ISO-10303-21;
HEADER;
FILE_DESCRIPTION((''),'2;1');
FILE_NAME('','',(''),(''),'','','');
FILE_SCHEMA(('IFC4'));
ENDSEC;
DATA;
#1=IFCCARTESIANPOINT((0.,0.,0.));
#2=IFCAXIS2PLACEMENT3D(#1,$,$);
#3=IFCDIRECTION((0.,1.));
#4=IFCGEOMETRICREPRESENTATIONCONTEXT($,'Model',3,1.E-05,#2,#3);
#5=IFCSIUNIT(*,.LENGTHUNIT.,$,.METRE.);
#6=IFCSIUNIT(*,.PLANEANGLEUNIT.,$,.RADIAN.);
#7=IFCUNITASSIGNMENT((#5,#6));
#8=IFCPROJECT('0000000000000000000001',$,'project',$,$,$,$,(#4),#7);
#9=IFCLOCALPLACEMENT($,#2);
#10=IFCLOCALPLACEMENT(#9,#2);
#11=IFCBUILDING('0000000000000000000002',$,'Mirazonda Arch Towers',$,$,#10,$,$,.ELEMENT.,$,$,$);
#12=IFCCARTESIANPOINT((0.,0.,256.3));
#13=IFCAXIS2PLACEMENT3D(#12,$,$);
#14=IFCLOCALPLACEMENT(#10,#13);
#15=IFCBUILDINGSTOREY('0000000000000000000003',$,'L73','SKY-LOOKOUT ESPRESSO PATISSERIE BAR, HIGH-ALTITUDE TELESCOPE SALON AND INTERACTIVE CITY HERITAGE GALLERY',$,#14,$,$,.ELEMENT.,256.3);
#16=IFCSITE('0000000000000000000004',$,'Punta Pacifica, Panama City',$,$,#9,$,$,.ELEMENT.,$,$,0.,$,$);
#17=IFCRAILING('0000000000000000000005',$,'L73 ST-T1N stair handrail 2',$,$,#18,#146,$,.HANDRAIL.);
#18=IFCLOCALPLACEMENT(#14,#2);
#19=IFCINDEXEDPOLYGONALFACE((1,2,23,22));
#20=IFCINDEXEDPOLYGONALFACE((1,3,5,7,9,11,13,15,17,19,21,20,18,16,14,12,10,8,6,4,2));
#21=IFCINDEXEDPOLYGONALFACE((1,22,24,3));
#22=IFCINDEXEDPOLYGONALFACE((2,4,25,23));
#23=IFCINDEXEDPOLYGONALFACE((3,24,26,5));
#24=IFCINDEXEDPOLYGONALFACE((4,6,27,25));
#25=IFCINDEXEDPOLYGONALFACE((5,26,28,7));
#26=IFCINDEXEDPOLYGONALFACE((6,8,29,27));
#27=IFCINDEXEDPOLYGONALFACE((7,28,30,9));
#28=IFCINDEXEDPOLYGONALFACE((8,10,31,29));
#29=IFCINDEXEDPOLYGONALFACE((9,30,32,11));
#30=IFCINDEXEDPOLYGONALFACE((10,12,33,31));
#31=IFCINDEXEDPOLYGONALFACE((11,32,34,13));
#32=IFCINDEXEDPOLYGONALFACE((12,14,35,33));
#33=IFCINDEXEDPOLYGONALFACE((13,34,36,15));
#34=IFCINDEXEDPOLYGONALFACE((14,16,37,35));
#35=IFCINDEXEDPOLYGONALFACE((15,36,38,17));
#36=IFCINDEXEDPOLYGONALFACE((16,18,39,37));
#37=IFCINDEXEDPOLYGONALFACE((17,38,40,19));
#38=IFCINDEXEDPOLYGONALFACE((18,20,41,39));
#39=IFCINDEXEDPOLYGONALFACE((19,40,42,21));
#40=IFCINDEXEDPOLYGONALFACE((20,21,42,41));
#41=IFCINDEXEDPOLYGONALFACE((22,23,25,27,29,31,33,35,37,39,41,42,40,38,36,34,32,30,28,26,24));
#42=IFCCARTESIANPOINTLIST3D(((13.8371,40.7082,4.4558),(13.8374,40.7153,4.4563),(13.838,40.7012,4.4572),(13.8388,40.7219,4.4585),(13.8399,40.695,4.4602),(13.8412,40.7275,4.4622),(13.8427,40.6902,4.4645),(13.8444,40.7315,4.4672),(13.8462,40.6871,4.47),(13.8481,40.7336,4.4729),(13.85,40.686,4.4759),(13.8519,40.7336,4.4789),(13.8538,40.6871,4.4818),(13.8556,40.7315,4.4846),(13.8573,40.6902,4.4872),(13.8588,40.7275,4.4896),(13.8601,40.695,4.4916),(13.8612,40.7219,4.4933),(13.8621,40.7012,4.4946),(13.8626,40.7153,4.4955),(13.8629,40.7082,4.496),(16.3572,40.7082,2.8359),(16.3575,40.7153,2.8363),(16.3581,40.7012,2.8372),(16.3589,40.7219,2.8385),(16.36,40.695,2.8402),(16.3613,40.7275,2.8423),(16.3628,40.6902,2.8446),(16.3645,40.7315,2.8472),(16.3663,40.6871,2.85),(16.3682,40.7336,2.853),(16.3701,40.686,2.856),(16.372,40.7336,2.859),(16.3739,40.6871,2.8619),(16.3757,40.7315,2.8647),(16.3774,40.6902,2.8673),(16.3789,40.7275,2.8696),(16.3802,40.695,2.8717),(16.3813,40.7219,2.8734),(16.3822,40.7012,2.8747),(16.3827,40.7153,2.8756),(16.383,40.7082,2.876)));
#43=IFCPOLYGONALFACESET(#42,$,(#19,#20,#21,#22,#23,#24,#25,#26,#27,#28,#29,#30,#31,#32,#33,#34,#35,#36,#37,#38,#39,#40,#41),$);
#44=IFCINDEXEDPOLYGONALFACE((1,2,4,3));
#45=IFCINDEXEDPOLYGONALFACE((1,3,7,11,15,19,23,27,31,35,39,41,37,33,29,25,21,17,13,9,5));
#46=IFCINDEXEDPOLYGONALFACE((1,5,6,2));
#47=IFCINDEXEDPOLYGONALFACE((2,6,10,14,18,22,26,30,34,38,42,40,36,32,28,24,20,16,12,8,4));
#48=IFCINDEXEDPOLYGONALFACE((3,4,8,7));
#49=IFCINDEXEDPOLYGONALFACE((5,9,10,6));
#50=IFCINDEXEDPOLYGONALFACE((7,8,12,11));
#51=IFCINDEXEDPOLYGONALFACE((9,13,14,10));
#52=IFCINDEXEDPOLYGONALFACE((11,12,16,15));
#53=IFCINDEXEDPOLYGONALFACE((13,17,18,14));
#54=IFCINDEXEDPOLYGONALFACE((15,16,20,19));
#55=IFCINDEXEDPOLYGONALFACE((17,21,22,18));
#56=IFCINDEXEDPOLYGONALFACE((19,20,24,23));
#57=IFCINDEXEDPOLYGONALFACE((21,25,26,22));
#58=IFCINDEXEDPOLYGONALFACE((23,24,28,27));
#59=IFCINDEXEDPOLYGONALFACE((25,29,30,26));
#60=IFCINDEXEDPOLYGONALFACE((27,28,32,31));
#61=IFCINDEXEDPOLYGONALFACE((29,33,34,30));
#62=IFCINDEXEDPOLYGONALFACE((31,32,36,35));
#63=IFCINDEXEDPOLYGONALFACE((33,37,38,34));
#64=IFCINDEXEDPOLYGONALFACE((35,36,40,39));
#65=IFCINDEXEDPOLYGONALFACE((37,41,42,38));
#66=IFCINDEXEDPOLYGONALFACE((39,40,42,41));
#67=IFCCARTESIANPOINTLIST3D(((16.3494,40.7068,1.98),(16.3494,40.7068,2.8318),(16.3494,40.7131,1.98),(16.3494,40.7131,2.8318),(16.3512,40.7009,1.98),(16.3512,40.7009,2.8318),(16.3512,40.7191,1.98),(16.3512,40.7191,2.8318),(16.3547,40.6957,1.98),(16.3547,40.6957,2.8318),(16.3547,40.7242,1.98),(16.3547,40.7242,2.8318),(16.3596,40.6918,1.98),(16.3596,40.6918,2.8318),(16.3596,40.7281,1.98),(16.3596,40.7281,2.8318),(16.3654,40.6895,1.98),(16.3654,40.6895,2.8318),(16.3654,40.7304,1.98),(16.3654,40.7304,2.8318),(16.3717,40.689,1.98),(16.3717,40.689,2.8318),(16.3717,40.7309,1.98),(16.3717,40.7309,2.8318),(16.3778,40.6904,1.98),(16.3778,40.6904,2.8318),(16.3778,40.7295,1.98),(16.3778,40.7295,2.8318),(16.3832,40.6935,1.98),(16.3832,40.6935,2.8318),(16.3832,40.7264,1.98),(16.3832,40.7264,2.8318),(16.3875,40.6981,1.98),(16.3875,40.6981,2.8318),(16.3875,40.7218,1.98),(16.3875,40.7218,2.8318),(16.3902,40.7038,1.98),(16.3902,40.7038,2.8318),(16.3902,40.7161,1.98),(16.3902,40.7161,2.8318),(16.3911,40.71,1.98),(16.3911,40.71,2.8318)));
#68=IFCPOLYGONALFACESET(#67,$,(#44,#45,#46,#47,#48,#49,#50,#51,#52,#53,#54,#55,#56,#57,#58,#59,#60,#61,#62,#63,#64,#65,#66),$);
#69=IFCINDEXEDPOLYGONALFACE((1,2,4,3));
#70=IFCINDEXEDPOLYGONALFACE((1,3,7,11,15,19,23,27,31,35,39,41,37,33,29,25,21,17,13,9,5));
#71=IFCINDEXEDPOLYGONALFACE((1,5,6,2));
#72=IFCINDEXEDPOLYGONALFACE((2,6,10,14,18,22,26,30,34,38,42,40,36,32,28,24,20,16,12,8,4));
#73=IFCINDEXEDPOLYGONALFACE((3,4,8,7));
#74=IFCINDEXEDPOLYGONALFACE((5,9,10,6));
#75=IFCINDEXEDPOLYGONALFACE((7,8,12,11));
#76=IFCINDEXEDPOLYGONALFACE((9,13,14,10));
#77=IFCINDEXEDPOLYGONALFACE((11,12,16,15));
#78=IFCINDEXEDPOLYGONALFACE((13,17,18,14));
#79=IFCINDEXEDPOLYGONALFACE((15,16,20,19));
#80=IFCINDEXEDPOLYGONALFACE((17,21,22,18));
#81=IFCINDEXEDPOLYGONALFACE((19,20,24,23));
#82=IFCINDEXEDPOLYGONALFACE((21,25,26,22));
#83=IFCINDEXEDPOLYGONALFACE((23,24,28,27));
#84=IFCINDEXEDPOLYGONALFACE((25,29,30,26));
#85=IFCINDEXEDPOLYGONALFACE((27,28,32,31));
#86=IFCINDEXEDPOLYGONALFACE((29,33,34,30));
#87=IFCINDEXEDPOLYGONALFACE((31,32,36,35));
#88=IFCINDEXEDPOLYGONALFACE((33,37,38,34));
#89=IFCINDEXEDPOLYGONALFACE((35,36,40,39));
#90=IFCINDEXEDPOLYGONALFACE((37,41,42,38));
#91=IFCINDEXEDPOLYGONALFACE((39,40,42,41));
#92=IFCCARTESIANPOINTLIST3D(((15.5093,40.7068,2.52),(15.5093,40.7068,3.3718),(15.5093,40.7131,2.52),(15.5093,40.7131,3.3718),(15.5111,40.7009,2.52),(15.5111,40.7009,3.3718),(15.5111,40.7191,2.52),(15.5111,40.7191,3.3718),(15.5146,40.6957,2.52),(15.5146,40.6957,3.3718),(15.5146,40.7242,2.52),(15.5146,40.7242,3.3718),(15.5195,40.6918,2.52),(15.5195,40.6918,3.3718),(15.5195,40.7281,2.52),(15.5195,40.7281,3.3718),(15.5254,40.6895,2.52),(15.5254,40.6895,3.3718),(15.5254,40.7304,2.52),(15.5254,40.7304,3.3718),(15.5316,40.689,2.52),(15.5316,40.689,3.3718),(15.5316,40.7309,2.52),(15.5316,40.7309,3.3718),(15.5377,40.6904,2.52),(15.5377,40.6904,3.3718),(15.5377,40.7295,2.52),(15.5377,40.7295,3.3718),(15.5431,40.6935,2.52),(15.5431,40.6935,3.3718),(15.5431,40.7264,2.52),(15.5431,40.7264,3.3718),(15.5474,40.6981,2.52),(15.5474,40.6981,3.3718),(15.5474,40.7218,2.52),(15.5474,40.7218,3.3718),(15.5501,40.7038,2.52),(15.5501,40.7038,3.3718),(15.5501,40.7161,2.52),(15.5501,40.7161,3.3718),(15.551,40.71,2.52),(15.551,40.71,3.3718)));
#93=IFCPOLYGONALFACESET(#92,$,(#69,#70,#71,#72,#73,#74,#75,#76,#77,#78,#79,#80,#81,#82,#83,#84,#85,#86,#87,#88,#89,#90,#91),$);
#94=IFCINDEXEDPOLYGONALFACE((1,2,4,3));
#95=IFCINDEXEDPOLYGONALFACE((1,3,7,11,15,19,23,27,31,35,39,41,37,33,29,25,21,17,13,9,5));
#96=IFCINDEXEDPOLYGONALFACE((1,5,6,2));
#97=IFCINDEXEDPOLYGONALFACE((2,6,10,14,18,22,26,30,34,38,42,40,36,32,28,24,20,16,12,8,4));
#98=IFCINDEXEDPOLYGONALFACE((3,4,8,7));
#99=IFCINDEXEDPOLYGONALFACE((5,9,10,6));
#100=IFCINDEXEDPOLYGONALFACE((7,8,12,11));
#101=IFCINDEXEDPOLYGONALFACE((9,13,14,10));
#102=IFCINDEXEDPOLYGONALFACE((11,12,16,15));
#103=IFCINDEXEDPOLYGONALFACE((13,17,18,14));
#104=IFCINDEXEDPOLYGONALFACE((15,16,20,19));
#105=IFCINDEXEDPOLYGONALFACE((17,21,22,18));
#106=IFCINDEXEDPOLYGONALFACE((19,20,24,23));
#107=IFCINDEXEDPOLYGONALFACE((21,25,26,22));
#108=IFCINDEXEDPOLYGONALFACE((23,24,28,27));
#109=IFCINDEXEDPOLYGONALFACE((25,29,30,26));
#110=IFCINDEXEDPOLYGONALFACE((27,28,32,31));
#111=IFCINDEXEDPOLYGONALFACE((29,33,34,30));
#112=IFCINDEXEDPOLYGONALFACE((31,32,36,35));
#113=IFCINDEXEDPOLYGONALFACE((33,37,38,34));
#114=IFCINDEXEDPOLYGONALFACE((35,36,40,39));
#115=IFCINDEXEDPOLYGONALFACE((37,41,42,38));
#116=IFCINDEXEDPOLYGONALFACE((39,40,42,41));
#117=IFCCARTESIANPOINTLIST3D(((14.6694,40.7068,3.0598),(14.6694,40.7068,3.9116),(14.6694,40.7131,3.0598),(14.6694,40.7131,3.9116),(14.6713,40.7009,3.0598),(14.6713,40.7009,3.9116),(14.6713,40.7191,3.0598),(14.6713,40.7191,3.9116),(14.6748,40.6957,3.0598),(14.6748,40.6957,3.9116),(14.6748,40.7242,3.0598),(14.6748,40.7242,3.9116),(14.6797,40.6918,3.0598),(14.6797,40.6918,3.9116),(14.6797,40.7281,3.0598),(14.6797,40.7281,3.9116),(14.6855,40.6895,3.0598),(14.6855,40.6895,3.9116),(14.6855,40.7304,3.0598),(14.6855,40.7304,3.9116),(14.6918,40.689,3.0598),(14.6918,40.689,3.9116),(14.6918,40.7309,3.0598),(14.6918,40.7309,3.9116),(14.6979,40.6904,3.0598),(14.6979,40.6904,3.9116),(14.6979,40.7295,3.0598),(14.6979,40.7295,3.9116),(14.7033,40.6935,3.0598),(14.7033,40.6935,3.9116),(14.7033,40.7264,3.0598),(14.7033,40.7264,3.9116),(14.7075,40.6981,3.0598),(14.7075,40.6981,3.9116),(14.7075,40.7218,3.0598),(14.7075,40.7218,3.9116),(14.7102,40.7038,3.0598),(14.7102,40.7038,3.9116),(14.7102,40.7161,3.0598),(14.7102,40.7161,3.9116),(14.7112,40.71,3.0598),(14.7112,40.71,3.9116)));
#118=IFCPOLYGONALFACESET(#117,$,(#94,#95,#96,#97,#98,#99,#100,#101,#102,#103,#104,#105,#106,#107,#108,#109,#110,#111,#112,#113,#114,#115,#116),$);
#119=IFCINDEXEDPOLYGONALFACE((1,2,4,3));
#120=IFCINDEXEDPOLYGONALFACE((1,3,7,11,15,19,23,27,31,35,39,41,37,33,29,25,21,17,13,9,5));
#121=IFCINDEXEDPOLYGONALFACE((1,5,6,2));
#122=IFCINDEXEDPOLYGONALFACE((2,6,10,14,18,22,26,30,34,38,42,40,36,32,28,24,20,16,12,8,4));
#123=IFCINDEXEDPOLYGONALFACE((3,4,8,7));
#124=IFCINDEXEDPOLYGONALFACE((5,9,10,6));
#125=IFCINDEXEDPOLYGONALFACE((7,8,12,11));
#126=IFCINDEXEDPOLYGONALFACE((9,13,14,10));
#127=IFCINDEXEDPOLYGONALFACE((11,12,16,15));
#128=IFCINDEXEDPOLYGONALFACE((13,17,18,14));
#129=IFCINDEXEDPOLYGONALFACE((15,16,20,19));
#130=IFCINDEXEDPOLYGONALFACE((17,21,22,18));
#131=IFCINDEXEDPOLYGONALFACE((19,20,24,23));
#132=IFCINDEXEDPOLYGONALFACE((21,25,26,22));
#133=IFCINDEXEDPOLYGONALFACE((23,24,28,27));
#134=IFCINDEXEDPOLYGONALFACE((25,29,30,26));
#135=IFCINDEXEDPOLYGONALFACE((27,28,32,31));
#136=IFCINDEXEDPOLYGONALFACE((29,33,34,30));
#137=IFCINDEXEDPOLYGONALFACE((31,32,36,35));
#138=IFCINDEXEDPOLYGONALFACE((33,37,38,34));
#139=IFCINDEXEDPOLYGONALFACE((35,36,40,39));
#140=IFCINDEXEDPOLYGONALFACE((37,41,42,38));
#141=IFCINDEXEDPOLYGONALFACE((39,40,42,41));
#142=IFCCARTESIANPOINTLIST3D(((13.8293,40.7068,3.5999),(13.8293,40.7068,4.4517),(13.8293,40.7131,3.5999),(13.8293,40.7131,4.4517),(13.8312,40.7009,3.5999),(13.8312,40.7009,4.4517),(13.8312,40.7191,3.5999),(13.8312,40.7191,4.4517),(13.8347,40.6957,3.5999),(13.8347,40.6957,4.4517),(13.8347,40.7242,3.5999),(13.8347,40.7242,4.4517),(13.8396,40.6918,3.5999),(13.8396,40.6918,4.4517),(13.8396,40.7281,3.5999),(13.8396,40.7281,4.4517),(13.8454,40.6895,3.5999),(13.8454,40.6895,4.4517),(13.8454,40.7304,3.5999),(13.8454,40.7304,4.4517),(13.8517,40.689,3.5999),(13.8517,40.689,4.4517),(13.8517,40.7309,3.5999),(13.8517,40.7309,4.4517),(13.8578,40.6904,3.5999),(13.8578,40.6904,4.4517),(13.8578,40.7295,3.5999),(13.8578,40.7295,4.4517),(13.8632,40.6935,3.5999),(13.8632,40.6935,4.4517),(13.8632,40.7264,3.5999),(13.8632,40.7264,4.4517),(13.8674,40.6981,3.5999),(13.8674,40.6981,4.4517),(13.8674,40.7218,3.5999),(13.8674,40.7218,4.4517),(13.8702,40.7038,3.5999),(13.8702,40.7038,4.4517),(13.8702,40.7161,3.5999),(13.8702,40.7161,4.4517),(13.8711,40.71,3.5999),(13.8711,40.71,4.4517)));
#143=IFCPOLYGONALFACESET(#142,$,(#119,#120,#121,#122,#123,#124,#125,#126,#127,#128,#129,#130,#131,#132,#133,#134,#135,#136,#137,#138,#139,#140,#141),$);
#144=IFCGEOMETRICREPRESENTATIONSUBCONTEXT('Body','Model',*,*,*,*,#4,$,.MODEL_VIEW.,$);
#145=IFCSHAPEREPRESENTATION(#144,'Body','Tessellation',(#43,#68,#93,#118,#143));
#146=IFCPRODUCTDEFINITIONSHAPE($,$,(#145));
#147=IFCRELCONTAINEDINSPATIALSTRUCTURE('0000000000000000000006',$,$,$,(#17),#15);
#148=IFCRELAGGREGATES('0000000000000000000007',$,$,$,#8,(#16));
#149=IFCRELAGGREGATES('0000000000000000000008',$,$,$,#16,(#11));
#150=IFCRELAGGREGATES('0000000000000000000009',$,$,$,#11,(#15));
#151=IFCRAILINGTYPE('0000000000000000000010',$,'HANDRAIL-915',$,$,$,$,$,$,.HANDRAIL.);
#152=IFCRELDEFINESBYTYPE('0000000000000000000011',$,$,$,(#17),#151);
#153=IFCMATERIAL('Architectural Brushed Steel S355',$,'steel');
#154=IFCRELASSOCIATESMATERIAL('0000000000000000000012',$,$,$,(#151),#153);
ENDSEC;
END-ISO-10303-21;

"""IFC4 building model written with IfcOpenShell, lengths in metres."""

from ifc_helpers import new_model, si_unit, direction, frame, origin, origin_2d, place, context, subcontext, project, spatial, circle, extrude, material, type_object, element, save


model = new_model("IFC4")

# Units and contexts
model_context = context("Model", 3, precision=1e-05, world=origin(), true_north=direction((0.0, 1.0)))
body_context = subcontext(model_context, "Body", "Model", "MODEL_VIEW")
ifc_project = project(units=[si_unit("LENGTHUNIT", "METRE"), si_unit("PLANEANGLEUNIT", "RADIAN")], contexts=[model_context])

# Site, building, storey
site_placement = place(None, origin())
site = spatial("IfcSite", under=ifc_project, at=site_placement, Name="Punta Pacifica, Panama City", CompositionType="ELEMENT", RefElevation=0.0)
building_placement = place(site_placement, origin())
building = spatial("IfcBuilding", under=site, at=building_placement, Name="Mirazonda Arch Towers", CompositionType="ELEMENT")
storey_placement = place(building_placement, frame((0.0, 0.0, 256.3)))
storey = spatial("IfcBuildingStorey", under=building, at=storey_placement, Name="L73", Description="SKY-LOOKOUT ESPRESSO PATISSERIE BAR, HIGH-ALTITUDE TELESCOPE SALON AND INTERACTIVE CITY HERITAGE GALLERY", CompositionType="ELEMENT", Elevation=256.3)

# Shared definitions
ifc_material_1 = material(Name="Architectural Brushed Steel S355", Category="steel")

# Railing
railing_type_1 = type_object("IfcRailingType", Name="HANDRAIL-915", PredefinedType="HANDRAIL", material=ifc_material_1)
railing_1_placement = place(storey_placement, frame((16.3701, 40.71, 1.98)))
element("IfcRailing", 1, at=railing_1_placement, inside=storey, type_object=railing_type_1, Name="L73 ST-T1N stair handrail 2", PredefinedType="HANDRAIL", context=body_context, shape_type="SweptSolid", body=[
    extrude(circle(Radius=0.0239, at=origin_2d()), frame((0.0, 0.0, 0.876), z_axis=(-0.8412, 0.0, 0.540725), x_axis=(0.0, -1.0, 0.0)), (0.0, 0.0, 1.0), 2.9958),
    extrude(circle(Radius=0.021, at=origin_2d()), origin(), (0.0, 0.0, 1.0), 0.8518),
    extrude(circle(Radius=0.021, at=origin_2d()), frame((-0.8401, 0.0, 0.54)), (0.0, 0.0, 1.0), 0.8518),
    extrude(circle(Radius=0.021, at=origin_2d()), frame((-1.6799, 0.0, 1.0798)), (0.0, 0.0, 1.0), 0.8518),
    extrude(circle(Radius=0.021, at=origin_2d()), frame((-2.52, 0.0, 1.6199)), (0.0, 0.0, 1.0), 0.8518),
])

save(model, "model.ifc")
